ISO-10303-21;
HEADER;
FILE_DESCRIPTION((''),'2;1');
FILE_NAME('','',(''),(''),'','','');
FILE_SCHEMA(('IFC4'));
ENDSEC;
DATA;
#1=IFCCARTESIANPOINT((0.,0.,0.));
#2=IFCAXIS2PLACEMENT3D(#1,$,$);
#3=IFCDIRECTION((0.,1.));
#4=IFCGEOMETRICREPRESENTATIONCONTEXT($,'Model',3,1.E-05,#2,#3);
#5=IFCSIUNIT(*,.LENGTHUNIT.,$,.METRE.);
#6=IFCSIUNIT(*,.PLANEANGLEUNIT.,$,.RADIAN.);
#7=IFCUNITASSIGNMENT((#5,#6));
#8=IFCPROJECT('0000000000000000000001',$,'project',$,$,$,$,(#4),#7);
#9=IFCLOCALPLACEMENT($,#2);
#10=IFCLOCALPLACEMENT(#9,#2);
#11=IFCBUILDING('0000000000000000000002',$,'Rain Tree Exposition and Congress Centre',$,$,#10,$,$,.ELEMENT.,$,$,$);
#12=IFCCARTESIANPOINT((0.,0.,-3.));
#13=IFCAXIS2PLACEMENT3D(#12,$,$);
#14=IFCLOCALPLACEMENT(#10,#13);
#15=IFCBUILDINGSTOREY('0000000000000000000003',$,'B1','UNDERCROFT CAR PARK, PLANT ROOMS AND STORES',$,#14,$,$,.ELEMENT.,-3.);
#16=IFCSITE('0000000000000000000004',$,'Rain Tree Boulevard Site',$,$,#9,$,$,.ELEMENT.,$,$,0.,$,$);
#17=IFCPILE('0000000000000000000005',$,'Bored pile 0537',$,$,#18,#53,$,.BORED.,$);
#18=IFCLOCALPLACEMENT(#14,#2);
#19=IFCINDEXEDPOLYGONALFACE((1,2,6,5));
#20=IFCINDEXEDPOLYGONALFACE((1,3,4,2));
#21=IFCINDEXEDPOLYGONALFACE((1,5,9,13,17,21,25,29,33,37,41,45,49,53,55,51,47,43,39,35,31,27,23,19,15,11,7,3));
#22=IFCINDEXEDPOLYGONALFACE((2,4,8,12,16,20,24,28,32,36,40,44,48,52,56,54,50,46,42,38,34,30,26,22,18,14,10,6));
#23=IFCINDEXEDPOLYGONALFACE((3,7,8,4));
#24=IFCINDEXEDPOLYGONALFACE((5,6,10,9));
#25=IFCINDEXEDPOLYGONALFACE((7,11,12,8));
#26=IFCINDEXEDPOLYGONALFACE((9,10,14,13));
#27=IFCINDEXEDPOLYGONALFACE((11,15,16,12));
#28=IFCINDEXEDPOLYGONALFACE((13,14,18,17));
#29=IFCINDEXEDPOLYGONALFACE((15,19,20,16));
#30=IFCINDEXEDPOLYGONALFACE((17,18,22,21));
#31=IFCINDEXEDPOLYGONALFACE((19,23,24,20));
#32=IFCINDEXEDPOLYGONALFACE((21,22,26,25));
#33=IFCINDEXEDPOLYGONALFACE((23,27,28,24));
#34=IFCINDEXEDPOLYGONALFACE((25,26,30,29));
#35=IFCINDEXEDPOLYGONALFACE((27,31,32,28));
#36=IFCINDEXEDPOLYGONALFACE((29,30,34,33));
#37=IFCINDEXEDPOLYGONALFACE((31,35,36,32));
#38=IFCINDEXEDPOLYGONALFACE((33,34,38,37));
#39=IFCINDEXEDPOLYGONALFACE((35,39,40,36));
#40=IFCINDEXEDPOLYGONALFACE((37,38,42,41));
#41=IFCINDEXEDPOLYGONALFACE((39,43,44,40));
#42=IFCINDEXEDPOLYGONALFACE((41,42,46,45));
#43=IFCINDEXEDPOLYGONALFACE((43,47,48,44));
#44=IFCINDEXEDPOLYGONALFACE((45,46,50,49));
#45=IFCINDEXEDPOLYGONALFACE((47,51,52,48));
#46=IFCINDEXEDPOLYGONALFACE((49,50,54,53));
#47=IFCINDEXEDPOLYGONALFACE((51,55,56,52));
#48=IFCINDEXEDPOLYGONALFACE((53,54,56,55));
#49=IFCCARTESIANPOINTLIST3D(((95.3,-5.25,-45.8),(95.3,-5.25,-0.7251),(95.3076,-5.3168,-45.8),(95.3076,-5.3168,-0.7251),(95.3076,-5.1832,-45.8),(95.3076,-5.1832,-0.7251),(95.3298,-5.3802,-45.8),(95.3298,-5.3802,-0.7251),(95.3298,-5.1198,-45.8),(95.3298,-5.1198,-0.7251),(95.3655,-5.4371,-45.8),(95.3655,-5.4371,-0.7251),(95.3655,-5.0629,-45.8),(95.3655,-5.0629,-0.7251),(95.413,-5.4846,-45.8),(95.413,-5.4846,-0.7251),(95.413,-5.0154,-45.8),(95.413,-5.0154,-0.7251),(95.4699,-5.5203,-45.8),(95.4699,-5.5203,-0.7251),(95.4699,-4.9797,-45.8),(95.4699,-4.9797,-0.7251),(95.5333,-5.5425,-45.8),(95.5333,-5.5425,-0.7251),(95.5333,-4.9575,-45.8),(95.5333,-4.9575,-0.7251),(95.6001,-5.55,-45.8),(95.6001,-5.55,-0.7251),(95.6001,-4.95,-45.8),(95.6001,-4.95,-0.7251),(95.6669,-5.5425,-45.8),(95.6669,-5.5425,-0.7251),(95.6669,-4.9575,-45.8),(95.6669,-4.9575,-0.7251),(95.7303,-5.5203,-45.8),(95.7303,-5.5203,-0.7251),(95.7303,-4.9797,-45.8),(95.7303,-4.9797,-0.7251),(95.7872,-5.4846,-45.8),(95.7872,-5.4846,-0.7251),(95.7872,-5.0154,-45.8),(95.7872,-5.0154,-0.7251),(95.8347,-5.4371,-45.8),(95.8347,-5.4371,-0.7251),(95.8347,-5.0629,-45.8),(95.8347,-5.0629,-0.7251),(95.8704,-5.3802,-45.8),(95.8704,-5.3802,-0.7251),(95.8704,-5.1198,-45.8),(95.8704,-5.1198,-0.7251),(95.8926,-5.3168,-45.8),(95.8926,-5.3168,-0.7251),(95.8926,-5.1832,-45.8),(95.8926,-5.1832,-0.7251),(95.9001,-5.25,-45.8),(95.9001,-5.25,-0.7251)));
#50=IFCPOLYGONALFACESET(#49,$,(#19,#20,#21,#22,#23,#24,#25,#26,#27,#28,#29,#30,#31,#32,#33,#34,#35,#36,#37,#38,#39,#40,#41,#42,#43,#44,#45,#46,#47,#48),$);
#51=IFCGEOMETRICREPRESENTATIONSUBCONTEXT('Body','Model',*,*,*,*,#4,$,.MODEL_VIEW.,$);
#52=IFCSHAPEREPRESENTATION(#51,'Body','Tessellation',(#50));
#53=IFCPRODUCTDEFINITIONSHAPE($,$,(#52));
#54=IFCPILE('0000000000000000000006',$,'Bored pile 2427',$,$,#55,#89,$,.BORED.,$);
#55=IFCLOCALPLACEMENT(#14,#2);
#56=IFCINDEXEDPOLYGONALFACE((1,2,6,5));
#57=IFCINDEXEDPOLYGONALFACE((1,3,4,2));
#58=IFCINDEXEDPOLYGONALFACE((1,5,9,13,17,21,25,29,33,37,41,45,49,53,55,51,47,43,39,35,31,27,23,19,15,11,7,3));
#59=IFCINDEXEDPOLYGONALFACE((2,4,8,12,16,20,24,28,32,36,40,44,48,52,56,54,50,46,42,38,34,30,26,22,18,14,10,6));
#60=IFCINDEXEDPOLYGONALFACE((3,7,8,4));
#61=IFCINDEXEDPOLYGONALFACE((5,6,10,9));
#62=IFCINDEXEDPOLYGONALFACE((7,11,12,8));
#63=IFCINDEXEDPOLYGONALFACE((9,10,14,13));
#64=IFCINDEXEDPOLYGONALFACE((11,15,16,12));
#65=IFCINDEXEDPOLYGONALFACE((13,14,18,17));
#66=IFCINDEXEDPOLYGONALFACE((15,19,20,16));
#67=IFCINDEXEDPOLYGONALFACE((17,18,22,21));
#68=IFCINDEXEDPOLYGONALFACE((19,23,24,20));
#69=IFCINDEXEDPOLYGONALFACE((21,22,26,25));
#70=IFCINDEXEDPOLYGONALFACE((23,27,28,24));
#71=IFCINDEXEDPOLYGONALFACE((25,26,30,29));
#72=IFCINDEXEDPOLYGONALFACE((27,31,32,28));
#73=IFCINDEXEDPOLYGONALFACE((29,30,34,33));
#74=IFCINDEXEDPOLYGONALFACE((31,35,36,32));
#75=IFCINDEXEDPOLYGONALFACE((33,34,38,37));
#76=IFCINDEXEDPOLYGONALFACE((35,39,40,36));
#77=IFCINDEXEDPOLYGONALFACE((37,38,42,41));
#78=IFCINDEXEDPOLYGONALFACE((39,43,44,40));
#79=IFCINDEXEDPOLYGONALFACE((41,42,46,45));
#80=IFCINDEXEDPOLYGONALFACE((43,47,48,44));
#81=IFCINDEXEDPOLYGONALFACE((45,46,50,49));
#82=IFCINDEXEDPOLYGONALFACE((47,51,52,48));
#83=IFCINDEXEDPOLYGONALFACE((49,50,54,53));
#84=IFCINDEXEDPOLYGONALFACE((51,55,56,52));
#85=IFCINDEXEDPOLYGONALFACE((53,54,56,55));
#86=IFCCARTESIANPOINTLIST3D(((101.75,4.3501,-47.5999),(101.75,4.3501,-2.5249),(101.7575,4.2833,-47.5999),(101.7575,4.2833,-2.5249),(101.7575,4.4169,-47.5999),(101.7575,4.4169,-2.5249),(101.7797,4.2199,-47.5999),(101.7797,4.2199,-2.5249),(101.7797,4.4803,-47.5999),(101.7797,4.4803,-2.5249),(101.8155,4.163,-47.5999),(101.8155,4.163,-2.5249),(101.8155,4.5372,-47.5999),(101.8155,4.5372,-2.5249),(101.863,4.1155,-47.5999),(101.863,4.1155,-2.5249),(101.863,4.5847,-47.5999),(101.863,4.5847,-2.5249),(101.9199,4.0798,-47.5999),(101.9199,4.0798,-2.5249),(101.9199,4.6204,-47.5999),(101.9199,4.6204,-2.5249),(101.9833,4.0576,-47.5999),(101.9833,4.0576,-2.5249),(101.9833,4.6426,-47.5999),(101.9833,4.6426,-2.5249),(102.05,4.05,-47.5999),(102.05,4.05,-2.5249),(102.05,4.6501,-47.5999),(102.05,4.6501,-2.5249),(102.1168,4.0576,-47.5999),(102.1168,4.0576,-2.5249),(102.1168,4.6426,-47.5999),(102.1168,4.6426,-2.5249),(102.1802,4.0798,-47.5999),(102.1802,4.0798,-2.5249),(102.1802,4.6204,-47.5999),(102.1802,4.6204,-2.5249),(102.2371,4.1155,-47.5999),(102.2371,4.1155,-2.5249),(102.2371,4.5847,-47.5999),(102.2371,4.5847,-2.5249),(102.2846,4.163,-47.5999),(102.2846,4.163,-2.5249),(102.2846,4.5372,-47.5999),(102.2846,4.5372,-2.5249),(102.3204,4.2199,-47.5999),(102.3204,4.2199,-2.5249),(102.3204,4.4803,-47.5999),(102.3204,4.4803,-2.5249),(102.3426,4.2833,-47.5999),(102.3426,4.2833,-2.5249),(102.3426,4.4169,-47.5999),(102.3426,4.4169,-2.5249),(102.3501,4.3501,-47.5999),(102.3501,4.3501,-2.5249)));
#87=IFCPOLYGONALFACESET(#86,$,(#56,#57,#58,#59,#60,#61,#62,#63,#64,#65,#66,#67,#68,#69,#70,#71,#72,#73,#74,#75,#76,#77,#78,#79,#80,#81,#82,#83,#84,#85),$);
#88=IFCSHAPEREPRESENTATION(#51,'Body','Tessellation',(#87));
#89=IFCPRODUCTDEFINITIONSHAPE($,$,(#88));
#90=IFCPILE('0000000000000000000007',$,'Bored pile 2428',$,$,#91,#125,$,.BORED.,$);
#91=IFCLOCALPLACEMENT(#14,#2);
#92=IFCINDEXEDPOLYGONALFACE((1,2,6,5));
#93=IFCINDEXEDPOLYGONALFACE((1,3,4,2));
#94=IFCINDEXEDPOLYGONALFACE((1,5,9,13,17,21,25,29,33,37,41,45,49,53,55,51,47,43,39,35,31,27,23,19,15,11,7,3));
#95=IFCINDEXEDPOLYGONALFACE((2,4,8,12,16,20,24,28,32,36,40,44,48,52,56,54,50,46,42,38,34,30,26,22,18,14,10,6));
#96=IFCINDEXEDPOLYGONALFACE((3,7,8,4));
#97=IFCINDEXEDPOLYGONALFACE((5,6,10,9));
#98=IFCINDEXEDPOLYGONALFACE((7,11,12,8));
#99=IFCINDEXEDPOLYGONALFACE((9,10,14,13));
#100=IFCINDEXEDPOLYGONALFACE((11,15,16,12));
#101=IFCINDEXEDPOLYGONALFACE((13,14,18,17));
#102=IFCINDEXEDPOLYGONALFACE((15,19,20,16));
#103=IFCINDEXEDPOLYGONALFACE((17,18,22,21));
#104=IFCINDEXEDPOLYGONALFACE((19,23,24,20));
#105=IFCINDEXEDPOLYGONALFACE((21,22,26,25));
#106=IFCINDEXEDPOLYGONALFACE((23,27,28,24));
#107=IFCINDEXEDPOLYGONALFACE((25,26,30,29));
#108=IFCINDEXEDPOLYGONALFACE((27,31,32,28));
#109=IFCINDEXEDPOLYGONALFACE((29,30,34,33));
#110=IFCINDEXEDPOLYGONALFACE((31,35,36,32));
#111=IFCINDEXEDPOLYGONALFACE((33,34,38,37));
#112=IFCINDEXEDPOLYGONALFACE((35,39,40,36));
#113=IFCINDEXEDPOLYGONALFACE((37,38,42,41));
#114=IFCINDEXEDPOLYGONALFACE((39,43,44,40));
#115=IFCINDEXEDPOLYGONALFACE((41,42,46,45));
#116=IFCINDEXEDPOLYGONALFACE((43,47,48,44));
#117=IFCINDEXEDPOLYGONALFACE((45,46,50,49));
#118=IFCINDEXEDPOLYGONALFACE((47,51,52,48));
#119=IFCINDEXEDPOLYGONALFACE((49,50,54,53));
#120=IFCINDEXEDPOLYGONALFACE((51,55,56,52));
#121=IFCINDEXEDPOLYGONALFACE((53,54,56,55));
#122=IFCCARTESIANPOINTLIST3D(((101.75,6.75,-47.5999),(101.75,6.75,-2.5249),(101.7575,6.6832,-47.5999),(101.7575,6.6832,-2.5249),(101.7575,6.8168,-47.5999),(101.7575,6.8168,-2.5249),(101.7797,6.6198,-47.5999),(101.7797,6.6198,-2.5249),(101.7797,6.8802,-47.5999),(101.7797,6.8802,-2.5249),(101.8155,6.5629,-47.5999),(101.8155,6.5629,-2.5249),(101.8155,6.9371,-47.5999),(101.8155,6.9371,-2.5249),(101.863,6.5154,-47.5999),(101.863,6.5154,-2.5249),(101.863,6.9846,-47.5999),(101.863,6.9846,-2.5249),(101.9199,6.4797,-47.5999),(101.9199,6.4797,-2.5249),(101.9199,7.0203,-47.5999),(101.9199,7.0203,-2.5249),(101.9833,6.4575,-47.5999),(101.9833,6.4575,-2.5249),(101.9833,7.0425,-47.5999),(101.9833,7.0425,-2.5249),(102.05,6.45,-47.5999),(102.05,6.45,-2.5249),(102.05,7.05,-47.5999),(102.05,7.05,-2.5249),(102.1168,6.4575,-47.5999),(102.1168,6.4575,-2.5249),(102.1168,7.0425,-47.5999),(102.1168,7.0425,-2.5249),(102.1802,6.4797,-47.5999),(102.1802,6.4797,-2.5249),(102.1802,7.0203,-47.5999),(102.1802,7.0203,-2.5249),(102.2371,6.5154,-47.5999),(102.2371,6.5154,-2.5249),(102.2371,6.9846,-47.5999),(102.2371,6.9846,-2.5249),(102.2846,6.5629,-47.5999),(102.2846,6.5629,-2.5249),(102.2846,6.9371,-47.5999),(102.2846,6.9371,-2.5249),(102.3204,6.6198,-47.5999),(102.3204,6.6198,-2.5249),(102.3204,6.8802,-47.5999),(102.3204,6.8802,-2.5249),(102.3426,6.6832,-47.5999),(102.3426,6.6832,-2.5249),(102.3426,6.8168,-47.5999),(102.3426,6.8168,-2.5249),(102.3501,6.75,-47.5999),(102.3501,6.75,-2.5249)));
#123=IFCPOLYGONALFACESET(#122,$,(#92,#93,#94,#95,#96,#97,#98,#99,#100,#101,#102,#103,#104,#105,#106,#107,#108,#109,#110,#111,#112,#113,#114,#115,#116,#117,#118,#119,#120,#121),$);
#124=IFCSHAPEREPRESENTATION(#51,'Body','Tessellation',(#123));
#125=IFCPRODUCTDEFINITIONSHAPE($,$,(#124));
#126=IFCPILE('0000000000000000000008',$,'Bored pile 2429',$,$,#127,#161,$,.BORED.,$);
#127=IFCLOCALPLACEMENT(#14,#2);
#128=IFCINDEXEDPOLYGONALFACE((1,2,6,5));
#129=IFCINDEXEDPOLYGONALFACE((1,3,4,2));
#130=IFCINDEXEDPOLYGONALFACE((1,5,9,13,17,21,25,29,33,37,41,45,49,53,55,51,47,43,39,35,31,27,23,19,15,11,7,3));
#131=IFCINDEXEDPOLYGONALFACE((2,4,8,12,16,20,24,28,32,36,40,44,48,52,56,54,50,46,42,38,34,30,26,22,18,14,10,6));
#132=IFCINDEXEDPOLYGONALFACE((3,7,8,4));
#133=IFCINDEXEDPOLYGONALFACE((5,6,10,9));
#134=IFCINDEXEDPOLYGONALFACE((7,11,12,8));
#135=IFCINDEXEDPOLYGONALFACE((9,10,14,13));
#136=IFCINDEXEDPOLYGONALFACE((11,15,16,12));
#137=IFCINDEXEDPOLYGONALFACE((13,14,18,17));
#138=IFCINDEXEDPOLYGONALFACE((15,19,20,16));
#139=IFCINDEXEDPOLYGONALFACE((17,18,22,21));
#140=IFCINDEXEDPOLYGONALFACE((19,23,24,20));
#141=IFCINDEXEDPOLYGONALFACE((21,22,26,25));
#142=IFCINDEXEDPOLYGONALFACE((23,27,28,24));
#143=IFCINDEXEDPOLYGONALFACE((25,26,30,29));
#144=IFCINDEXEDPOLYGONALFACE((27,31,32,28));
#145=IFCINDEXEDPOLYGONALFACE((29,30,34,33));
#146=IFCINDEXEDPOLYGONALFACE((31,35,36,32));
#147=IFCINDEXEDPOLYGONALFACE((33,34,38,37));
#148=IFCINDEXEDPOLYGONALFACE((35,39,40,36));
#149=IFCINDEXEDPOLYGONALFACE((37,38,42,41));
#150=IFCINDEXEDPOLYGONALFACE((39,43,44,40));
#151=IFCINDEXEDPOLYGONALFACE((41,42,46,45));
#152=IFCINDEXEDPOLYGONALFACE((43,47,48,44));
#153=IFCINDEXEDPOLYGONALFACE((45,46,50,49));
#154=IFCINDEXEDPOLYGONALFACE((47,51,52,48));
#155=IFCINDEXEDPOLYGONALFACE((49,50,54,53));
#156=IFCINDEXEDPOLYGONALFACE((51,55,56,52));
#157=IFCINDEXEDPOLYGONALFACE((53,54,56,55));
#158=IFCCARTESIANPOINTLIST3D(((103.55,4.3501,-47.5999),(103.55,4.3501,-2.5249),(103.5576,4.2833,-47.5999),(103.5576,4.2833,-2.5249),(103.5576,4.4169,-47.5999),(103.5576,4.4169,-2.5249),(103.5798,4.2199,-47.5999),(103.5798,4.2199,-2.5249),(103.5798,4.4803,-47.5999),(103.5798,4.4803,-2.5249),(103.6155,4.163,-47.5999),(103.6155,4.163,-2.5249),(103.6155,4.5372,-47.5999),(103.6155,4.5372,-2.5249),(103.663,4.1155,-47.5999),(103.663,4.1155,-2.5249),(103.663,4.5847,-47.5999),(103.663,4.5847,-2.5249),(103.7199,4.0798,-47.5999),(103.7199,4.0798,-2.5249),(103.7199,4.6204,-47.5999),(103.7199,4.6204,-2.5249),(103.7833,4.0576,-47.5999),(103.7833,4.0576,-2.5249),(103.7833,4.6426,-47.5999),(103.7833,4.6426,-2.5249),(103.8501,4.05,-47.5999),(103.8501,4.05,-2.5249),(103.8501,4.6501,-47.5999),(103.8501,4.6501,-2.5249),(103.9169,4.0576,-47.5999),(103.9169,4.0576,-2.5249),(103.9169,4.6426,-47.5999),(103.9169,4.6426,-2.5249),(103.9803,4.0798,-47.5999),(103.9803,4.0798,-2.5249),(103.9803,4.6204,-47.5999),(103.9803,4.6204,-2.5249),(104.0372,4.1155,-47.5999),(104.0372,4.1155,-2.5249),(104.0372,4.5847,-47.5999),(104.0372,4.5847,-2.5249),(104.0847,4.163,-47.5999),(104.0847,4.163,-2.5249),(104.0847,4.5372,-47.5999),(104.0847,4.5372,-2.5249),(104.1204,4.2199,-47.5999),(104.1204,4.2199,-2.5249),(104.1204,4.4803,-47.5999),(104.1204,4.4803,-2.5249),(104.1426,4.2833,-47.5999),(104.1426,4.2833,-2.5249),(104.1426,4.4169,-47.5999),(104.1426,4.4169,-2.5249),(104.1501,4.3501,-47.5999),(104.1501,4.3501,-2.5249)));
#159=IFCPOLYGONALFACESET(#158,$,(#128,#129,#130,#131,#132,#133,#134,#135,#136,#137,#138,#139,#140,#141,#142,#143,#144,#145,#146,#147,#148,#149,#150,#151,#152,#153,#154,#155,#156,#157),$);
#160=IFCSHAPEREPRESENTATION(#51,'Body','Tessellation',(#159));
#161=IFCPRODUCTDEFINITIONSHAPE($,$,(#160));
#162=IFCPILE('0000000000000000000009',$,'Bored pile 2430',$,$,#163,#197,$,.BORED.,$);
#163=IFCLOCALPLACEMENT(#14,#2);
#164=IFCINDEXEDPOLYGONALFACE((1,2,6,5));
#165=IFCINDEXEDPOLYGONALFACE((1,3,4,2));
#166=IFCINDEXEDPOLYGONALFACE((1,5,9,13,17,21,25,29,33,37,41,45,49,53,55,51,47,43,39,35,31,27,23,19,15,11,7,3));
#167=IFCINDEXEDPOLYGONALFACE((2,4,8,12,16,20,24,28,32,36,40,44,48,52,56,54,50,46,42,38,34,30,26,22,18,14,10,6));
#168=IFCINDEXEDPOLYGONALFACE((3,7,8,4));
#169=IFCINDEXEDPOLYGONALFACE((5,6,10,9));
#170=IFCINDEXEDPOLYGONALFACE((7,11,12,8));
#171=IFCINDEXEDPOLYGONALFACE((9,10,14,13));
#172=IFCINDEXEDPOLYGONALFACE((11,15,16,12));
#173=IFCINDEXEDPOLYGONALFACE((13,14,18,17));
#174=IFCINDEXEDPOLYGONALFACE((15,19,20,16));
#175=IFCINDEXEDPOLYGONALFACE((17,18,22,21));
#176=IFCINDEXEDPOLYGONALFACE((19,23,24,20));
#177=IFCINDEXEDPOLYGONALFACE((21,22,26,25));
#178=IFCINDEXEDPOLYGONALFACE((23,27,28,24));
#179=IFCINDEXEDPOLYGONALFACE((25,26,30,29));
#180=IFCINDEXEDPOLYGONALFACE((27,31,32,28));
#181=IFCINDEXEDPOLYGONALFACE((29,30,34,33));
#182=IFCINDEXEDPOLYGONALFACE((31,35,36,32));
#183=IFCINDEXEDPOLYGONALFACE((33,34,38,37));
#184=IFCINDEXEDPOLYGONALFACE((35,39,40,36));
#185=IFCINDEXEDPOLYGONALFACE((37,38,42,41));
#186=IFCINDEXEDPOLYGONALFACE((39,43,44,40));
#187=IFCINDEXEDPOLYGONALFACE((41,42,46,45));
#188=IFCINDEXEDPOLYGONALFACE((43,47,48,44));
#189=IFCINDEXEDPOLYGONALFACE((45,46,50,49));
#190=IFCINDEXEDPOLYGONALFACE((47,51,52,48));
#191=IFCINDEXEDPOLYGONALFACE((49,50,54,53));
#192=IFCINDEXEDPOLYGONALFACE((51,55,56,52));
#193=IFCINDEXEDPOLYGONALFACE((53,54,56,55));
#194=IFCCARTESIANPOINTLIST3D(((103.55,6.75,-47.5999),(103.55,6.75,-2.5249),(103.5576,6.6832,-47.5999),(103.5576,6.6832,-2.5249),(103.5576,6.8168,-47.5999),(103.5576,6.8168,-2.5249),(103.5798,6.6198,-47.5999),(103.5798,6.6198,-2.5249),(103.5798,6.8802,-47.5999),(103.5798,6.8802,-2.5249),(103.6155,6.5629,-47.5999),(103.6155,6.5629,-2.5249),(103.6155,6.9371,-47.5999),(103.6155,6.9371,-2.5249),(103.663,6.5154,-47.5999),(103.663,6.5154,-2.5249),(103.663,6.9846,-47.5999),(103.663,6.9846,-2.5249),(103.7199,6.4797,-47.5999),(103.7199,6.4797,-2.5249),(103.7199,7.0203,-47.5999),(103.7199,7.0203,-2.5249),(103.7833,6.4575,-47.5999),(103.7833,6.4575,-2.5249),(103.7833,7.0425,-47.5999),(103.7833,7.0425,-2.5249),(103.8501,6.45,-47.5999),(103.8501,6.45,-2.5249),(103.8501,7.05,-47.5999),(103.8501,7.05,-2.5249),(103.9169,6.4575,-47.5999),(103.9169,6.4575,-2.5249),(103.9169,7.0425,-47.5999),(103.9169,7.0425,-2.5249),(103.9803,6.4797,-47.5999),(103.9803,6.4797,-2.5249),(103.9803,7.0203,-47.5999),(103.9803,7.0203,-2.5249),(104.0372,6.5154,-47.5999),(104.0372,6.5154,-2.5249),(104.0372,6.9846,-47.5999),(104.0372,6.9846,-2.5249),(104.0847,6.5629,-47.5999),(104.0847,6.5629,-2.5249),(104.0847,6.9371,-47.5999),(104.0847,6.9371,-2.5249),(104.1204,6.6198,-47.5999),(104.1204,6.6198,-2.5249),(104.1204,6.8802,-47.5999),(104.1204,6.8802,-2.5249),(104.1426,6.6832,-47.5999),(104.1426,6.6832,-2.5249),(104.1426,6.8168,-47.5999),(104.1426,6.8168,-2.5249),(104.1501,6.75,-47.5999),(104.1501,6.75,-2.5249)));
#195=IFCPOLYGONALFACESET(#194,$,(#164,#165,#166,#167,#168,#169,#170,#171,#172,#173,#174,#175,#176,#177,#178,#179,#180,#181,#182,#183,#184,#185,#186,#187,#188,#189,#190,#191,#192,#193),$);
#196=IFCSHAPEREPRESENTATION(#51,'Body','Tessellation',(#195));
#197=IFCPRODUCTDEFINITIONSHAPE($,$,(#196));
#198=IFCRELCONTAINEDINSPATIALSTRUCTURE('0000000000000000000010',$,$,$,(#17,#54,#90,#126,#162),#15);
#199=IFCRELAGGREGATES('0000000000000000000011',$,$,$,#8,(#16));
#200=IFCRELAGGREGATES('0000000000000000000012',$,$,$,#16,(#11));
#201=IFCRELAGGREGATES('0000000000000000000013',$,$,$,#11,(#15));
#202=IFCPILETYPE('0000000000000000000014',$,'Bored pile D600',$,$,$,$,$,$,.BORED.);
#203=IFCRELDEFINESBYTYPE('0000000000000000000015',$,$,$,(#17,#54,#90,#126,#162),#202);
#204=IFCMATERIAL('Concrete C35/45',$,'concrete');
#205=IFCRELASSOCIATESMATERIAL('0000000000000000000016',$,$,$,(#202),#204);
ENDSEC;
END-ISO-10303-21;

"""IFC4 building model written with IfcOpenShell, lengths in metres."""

from ifc_helpers import new_model, si_unit, direction, frame, origin, origin_2d, place, context, subcontext, project, spatial, circle, extrude, material, material_profile, profile_set, type_object, element, save


model = new_model("IFC4")

# Units and contexts
model_context = context("Model", 3, precision=1e-05, world=origin(), true_north=direction((0.0, 1.0)))
body_context = subcontext(model_context, "Body", "Model", "MODEL_VIEW")
ifc_project = project(units=[si_unit("LENGTHUNIT", "METRE"), si_unit("PLANEANGLEUNIT", "RADIAN")], contexts=[model_context])

# Site, building, storey
site_placement = place(None, origin())
site = spatial("IfcSite", under=ifc_project, at=site_placement, Name="Rain Tree Boulevard Site", CompositionType="ELEMENT", RefElevation=0.0)
building_placement = place(site_placement, origin())
building = spatial("IfcBuilding", under=site, at=building_placement, Name="Rain Tree Exposition and Congress Centre", CompositionType="ELEMENT")
storey_placement = place(building_placement, frame((0.0, 0.0, -3.0)))
storey = spatial("IfcBuildingStorey", under=building, at=storey_placement, Name="B1", Description="UNDERCROFT CAR PARK, PLANT ROOMS AND STORES", CompositionType="ELEMENT", Elevation=-3.0)

# Piles
ifc_material_1 = material(Name="Concrete C35/45", Category="concrete")
ifc_material_profile_1 = material_profile(ifc_material_1, circle(Radius=0.3, at=origin_2d()), Name="D600")
ifc_profile_set_1 = profile_set([ifc_material_profile_1], Name="Concrete C35/45")
pile_type_1 = type_object("IfcPileType", Name="Bored pile D600", PredefinedType="BORED", material=ifc_profile_set_1)
for number, where, z_axis, x_axis, name in (
    (1, (95.6001, -5.25, -0.7251), (0.0, 0.0, -1.0), (1.0, 0.0, 0.0), "Bored pile 0537"),
    (2, (102.05, 4.3501, -2.5249), (0.0, 0.0, -1.0), (1.0, 0.0, 0.0), "Bored pile 2427"),
    (3, (102.05, 6.75, -2.5249), (0.0, 0.0, -1.0), (1.0, 0.0, 0.0), "Bored pile 2428"),
    (4, (103.8501, 4.3501, -2.5249), (0.0, 0.0, -1.0), (1.0, 0.0, 0.0), "Bored pile 2429"),
    (5, (103.8501, 6.75, -2.5249), (0.0, 0.0, -1.0), (1.0, 0.0, 0.0), "Bored pile 2430"),
):
    element("IfcPile", number, at=place(storey_placement, frame(where, z_axis=z_axis, x_axis=x_axis)), inside=storey, type_object=pile_type_1, Name=name, PredefinedType="BORED", context=body_context, shape_type="SweptSolid", body=[
        extrude(circle(Radius=0.3, at=origin_2d()), origin(), (0.0, 0.0, 1.0), 45.075),
    ])

save(model, "model.ifc")
